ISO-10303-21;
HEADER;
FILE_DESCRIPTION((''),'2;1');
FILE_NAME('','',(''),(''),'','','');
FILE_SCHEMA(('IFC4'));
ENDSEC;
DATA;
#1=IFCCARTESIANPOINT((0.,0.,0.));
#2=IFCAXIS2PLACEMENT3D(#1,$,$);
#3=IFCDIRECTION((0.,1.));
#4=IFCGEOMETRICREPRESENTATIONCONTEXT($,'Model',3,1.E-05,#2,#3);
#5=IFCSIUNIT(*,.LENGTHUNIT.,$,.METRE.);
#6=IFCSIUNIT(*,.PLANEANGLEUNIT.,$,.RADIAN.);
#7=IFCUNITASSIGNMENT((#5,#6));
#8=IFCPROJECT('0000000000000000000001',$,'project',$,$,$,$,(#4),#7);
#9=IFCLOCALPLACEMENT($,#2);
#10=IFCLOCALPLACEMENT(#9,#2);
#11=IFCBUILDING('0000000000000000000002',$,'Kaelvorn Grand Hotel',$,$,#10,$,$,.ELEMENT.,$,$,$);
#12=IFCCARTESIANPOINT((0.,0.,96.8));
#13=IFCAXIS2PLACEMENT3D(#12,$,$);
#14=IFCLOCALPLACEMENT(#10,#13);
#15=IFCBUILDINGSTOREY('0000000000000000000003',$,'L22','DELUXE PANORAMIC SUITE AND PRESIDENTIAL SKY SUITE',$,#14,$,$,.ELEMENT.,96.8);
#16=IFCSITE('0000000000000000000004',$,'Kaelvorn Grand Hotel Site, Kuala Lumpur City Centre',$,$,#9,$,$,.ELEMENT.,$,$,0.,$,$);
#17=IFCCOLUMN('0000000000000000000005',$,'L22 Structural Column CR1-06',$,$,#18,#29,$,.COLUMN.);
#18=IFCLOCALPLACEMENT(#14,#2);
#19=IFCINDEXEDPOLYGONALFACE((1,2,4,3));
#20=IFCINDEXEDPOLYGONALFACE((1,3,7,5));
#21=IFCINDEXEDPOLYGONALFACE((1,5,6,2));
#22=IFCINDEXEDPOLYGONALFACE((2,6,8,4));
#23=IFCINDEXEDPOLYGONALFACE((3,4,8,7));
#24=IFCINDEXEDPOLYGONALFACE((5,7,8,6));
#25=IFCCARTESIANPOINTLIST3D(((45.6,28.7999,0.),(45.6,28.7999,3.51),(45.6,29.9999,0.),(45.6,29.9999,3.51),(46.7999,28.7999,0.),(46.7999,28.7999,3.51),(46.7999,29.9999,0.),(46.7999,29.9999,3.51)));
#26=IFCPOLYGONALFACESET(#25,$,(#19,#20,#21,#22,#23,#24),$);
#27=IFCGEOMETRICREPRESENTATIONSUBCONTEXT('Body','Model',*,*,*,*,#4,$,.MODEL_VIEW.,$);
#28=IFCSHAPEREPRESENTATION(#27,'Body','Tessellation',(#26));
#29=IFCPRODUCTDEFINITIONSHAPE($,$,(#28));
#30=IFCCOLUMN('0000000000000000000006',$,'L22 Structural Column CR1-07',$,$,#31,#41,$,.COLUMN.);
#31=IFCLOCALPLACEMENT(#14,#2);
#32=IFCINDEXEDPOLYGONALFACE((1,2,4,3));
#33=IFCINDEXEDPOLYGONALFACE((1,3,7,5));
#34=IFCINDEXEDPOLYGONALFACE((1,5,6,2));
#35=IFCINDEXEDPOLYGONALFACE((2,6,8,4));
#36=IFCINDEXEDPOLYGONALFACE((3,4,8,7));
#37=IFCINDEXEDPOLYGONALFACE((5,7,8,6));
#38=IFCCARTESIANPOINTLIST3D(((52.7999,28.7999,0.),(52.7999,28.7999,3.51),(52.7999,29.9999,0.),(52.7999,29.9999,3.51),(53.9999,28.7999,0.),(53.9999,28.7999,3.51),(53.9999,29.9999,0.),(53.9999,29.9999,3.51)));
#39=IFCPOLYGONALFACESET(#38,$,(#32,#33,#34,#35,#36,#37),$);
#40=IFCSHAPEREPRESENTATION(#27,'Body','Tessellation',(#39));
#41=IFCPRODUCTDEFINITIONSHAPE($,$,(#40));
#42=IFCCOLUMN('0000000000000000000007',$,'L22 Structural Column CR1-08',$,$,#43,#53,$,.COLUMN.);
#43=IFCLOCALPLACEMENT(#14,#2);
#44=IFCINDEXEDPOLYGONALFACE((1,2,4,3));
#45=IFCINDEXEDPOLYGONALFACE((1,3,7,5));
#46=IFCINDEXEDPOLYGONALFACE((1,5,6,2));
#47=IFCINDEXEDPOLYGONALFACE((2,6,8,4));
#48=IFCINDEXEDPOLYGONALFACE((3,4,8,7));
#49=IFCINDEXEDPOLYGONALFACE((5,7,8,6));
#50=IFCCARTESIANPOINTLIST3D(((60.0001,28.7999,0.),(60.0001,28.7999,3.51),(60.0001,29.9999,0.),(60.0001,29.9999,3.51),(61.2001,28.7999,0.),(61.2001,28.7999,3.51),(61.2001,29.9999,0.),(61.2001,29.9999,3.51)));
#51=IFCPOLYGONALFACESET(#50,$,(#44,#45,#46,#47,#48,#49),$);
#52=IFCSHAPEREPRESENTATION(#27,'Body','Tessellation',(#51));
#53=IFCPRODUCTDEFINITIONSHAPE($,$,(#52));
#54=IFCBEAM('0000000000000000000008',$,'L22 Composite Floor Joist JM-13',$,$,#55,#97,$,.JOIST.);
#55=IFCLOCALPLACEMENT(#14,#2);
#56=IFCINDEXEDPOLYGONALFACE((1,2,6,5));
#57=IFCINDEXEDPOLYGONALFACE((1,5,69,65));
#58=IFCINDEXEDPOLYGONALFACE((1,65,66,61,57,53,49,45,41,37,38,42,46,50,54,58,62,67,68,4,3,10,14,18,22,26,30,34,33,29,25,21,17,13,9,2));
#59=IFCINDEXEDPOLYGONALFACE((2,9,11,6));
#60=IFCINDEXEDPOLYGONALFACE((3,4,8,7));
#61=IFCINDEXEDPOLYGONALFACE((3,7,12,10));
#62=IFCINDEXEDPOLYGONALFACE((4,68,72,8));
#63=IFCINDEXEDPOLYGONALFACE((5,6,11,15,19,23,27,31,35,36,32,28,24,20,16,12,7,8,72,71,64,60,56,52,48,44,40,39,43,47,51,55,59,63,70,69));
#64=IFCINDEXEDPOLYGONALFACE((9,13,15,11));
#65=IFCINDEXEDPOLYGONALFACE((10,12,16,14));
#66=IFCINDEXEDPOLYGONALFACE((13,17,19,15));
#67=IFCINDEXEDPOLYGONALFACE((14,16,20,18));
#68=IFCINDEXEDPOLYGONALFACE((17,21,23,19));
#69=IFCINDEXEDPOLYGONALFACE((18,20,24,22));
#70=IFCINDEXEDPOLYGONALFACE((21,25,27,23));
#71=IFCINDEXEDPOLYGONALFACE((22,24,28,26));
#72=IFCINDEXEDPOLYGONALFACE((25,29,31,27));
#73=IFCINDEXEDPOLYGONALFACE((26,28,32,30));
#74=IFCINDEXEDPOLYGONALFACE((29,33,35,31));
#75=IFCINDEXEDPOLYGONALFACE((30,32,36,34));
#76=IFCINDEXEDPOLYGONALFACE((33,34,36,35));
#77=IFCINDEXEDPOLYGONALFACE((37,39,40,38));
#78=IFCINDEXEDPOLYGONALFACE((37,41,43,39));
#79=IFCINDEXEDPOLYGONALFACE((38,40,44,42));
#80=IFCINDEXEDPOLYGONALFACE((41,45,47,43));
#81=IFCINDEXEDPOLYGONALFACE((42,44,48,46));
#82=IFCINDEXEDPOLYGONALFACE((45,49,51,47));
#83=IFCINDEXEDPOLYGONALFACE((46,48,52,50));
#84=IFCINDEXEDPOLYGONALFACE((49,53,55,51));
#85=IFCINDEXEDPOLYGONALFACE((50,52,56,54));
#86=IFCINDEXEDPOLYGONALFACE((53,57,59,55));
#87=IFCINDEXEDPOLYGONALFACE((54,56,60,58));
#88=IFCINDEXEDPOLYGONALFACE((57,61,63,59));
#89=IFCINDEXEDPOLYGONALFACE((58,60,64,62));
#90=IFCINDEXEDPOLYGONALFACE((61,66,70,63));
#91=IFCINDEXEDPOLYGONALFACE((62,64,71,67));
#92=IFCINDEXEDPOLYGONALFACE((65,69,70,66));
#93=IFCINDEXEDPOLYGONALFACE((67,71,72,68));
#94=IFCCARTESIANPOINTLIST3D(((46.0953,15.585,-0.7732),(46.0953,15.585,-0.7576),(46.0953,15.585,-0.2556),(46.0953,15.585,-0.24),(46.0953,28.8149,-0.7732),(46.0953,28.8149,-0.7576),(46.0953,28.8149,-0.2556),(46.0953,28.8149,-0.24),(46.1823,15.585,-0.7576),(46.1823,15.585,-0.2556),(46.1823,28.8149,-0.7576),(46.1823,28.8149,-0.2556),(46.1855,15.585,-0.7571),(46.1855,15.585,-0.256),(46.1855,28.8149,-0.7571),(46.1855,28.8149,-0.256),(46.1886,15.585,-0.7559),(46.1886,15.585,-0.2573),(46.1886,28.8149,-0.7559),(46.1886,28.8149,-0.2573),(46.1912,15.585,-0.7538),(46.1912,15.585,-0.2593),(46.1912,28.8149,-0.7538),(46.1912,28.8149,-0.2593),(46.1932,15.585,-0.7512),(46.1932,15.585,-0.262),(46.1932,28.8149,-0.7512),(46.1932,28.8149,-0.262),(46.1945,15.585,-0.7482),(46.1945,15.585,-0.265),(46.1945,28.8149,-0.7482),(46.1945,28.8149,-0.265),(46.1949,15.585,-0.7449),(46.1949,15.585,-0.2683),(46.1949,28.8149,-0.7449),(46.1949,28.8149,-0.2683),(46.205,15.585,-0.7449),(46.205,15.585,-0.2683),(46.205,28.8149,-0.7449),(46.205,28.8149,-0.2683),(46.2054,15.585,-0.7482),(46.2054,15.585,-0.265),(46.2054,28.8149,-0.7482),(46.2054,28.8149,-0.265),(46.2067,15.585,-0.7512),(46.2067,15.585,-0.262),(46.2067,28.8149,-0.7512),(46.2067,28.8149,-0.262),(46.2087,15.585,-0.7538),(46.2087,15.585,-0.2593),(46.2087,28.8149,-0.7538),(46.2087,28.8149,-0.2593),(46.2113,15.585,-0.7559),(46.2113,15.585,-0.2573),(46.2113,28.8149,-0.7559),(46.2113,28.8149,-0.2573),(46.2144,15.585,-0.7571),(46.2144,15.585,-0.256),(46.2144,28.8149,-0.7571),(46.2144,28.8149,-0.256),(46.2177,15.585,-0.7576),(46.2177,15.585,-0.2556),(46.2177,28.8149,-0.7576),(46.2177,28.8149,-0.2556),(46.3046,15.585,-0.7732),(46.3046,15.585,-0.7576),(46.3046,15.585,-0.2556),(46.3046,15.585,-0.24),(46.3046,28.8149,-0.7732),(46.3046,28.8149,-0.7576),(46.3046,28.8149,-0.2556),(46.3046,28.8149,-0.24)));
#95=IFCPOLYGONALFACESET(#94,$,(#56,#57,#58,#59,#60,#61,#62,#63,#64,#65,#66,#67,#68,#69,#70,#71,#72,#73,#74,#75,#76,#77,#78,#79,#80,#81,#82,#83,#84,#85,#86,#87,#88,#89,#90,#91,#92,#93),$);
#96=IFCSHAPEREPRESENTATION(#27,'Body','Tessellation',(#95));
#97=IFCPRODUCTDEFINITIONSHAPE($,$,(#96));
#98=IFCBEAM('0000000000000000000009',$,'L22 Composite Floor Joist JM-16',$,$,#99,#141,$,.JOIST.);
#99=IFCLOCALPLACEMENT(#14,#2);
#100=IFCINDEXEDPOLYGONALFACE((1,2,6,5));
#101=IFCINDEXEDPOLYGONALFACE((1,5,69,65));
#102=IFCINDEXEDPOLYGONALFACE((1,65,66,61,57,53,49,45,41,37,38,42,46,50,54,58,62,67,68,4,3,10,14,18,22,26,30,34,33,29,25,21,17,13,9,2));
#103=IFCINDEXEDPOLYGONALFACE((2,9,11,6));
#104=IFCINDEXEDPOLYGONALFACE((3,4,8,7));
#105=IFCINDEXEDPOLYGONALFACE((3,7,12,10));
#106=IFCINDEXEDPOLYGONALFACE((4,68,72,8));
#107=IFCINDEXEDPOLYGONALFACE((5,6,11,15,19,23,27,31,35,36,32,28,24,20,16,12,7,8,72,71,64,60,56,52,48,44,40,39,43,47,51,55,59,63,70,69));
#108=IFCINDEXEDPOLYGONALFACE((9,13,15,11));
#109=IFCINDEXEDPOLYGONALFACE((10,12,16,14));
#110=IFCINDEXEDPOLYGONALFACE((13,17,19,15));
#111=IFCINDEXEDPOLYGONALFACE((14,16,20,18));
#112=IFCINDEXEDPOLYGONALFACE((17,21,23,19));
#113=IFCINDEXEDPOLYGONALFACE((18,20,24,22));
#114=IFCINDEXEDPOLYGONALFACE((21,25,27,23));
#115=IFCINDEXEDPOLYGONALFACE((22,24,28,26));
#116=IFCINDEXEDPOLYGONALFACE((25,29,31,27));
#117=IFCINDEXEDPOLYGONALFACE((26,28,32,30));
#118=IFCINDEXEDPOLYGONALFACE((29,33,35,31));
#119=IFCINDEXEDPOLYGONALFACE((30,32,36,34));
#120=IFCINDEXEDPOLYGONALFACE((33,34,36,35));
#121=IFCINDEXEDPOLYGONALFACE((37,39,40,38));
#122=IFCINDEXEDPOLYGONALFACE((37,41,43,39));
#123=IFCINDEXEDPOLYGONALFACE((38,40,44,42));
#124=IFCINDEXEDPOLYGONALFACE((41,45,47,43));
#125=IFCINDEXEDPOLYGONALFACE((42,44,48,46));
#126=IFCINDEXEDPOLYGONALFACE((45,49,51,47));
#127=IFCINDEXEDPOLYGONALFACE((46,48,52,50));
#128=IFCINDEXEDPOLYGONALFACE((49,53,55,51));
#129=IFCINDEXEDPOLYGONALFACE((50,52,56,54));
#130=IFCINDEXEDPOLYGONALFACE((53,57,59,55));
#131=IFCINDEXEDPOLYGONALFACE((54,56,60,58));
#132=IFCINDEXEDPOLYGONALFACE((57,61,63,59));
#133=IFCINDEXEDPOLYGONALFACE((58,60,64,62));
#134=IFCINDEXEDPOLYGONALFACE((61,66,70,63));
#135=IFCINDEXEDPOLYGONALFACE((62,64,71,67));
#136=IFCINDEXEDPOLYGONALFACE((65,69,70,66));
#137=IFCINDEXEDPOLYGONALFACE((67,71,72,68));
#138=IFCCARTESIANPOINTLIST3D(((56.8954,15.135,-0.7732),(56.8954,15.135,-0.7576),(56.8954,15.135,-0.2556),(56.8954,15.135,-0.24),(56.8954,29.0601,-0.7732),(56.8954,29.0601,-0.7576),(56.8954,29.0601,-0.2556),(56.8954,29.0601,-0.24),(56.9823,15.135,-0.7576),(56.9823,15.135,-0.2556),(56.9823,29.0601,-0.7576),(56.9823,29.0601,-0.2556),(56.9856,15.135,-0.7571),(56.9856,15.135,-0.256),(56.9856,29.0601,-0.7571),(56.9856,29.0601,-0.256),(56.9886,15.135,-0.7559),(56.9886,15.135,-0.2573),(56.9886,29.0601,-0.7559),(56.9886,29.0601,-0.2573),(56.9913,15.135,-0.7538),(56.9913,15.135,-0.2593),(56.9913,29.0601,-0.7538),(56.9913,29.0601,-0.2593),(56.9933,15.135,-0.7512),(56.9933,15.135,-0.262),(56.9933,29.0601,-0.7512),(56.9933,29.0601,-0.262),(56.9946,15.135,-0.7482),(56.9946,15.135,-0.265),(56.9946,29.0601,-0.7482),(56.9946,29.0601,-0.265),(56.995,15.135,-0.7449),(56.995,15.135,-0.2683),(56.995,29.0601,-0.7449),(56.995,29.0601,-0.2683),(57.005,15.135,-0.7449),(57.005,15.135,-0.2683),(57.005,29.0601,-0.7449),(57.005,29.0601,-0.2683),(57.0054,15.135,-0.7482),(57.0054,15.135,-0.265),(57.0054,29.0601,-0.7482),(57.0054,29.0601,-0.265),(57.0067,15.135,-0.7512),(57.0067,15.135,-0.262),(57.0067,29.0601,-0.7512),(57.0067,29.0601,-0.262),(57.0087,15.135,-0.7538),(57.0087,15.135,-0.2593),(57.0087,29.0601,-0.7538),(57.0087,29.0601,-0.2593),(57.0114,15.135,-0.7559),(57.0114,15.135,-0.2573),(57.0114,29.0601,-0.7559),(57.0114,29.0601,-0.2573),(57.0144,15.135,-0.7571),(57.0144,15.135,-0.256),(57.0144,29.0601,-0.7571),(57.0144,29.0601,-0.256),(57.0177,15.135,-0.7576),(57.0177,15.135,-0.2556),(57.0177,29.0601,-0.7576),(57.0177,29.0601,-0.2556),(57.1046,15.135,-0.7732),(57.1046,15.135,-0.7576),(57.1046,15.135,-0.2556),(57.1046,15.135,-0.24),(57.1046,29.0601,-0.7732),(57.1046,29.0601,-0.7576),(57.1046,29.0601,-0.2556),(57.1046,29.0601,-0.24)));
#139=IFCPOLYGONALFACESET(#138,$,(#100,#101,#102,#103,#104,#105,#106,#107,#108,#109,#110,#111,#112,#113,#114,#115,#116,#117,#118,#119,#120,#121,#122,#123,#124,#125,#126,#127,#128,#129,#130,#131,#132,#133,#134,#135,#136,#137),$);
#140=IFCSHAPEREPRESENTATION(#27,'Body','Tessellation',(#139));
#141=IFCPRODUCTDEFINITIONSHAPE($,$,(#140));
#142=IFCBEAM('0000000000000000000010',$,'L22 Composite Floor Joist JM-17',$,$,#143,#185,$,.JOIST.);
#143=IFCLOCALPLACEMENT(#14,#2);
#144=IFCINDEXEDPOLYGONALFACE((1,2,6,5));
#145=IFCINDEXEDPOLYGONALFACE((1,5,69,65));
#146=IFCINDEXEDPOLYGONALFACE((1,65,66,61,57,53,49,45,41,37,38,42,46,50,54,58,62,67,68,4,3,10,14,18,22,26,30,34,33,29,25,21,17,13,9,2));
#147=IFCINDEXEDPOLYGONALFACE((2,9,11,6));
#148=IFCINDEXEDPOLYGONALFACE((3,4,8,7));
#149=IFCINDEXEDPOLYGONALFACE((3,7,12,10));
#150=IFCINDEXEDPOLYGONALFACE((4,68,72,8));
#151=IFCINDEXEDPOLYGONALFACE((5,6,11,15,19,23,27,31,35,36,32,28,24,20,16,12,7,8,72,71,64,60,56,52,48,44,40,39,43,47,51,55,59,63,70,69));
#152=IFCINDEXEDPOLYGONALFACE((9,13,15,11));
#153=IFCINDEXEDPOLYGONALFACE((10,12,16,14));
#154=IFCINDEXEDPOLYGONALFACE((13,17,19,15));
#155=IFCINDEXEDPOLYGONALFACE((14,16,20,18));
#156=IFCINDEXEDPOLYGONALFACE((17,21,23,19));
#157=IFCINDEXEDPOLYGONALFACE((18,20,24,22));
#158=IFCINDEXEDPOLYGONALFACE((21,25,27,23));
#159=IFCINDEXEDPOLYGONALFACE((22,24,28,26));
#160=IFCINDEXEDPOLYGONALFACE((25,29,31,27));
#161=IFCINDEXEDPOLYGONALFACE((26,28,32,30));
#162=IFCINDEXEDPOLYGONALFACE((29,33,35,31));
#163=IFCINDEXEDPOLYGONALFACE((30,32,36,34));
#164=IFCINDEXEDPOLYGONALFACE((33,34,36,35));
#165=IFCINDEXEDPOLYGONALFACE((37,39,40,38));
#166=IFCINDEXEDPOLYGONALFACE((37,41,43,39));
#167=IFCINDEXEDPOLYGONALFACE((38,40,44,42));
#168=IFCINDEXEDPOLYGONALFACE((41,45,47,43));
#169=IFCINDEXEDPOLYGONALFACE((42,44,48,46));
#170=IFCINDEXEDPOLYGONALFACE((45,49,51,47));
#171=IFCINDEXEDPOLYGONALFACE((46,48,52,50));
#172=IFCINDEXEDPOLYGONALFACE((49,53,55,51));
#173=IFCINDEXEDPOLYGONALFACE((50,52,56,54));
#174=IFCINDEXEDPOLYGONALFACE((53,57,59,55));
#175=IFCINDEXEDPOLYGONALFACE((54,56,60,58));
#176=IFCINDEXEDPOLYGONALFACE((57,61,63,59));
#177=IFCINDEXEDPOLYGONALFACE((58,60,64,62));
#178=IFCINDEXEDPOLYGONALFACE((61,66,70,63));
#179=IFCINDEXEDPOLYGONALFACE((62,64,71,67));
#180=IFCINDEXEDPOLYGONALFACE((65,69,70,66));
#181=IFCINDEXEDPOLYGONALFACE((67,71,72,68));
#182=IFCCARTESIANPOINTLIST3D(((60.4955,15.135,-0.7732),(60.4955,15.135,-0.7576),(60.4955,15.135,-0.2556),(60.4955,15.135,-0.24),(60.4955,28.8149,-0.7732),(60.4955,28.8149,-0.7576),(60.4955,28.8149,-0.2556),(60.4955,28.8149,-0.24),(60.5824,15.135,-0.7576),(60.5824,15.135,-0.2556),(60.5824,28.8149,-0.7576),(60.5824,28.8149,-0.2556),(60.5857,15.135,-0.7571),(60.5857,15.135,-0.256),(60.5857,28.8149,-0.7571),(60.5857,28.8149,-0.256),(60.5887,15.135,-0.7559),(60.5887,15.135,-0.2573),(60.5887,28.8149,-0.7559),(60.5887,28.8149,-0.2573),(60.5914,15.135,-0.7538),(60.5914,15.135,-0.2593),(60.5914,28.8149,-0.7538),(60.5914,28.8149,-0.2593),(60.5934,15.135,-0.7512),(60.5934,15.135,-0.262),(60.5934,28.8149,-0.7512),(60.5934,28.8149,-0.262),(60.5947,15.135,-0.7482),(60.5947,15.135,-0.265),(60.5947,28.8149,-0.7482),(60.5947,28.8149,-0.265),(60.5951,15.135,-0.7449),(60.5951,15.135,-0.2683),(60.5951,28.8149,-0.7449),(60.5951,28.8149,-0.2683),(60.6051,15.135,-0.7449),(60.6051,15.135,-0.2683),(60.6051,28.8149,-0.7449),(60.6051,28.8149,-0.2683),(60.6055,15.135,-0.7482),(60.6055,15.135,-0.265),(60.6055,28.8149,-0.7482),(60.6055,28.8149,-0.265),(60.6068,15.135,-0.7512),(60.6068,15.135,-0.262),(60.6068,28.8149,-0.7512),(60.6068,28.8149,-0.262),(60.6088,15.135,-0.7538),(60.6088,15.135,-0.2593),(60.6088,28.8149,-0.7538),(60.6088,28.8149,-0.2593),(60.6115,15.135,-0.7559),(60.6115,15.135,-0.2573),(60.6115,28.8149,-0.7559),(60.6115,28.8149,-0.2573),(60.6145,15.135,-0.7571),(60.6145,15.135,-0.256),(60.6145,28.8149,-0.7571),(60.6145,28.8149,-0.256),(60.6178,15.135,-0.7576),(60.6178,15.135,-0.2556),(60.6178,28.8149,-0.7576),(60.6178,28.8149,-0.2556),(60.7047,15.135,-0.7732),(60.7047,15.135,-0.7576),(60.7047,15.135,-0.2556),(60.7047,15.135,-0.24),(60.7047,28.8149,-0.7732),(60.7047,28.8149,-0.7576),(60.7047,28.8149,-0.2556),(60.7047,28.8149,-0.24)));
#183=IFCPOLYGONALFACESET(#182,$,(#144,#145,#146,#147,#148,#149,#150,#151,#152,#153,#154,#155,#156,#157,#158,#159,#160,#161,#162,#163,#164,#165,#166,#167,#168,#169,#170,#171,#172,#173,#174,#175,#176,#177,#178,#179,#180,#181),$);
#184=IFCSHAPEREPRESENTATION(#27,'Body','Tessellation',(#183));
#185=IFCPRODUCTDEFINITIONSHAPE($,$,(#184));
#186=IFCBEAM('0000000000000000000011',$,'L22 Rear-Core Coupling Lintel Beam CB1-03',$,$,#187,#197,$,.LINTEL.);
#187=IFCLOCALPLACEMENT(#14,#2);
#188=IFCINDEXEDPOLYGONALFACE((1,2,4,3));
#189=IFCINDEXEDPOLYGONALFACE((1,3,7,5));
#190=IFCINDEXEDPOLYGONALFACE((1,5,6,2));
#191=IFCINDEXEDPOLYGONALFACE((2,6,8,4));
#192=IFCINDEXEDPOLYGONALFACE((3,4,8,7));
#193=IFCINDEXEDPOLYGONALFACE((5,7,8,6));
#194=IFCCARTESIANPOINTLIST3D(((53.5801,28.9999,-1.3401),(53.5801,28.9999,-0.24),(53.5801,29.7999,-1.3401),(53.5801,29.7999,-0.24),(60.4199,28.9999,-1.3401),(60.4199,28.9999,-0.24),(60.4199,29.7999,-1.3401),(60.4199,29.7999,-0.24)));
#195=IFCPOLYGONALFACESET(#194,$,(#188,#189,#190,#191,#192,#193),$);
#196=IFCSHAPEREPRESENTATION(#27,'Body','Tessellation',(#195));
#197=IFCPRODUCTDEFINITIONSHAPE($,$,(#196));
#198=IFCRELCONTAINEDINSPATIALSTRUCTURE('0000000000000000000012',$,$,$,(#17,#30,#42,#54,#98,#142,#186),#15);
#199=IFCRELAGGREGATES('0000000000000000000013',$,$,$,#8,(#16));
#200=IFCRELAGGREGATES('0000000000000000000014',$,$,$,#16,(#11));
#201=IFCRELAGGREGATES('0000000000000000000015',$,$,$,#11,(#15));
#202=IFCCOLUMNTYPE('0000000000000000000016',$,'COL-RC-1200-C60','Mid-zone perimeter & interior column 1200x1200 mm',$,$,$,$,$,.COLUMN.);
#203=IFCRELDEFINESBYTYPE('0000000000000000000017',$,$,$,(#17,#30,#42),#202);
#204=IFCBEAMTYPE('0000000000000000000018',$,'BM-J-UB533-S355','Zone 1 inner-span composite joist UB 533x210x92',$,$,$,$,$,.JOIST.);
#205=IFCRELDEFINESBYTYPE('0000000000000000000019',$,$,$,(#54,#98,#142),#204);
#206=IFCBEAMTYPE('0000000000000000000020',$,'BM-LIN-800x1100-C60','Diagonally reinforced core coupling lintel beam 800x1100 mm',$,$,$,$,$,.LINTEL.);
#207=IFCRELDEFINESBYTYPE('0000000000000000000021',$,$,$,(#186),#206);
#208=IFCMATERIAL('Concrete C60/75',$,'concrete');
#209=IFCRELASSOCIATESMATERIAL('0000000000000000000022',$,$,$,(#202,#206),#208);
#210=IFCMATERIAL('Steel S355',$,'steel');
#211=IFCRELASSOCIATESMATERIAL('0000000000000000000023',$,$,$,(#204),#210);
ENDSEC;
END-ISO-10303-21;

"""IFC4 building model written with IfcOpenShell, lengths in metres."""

from ifc_helpers import new_model, si_unit, direction, frame, origin, origin_2d, place, context, subcontext, project, spatial, rectangle, i_section, extrude, material, material_profile, profile_set, type_object, element, save


model = new_model("IFC4")

# Units and contexts
model_context = context("Model", 3, precision=1e-05, world=origin(), true_north=direction((0.0, 1.0)))
body_context = subcontext(model_context, "Body", "Model", "MODEL_VIEW")
ifc_project = project(units=[si_unit("LENGTHUNIT", "METRE"), si_unit("PLANEANGLEUNIT", "RADIAN")], contexts=[model_context])

# Site, building, storey
site_placement = place(None, origin())
site = spatial("IfcSite", under=ifc_project, at=site_placement, Name="Kaelvorn Grand Hotel Site, Kuala Lumpur City Centre", CompositionType="ELEMENT", RefElevation=0.0)
building_placement = place(site_placement, origin())
building = spatial("IfcBuilding", under=site, at=building_placement, Name="Kaelvorn Grand Hotel", CompositionType="ELEMENT")
storey_placement = place(building_placement, frame((0.0, 0.0, 96.8)))
storey = spatial("IfcBuildingStorey", under=building, at=storey_placement, Name="L22", Description="DELUXE PANORAMIC SUITE AND PRESIDENTIAL SKY SUITE", CompositionType="ELEMENT", Elevation=96.8)

# Columns
ifc_material_1 = material(Name="Concrete C60/75", Category="concrete")
ifc_material_profile_1 = material_profile(ifc_material_1, rectangle(XDim=1.2, YDim=1.2, at=origin_2d()), Name="RC COL 1200x1200")
ifc_profile_set_1 = profile_set([ifc_material_profile_1], Name="Concrete C60/75")
column_type = type_object("IfcColumnType", Name="COL-RC-1200-C60", Description="Mid-zone perimeter & interior column 1200x1200 mm", PredefinedType="COLUMN", material=ifc_profile_set_1)
for number, where, z_axis, x_axis, name in (
    (1, (46.2, 29.3999, 0.0), (0.0, 0.0, 1.0), (1.0, 0.0, 0.0), "L22 Structural Column CR1-06"),
    (2, (53.3999, 29.3999, 0.0), (0.0, 0.0, 1.0), (1.0, 0.0, 0.0), "L22 Structural Column CR1-07"),
    (3, (60.6001, 29.3999, 0.0), (0.0, 0.0, 1.0), (1.0, 0.0, 0.0), "L22 Structural Column CR1-08"),
):
    element("IfcColumn", number, at=place(storey_placement, frame(where, z_axis=z_axis, x_axis=x_axis)), inside=storey, type_object=column_type, Name=name, PredefinedType="COLUMN", context=body_context, shape_type="SweptSolid", body=[
        extrude(rectangle(XDim=1.2, YDim=1.2, at=origin_2d()), origin(), (0.0, 0.0, 1.0), 3.51),
    ])

# Beams
ifc_material_2 = material(Name="Steel S355", Category="steel")
ifc_material_profile_2 = material_profile(ifc_material_2, i_section(OverallWidth=0.2092, OverallDepth=0.5332, WebThickness=0.01, FlangeThickness=0.0156, FilletRadius=0.0127, at=origin_2d()), Name="UB 533x210x92")
ifc_profile_set_2 = profile_set([ifc_material_profile_2], Name="Steel S355")
beam_type_1 = type_object("IfcBeamType", Name="BM-J-UB533-S355", Description="Zone 1 inner-span composite joist UB 533x210x92", PredefinedType="JOIST", material=ifc_profile_set_2)
beam_1_placement = place(storey_placement, frame((46.2, 15.585, -0.5066), z_axis=(0.0, 1.0, 0.0), x_axis=(-1.0, 0.0, 0.0)))
element("IfcBeam", 4, at=beam_1_placement, inside=storey, type_object=beam_type_1, Name="L22 Composite Floor Joist JM-13", PredefinedType="JOIST", context=body_context, shape_type="SweptSolid", body=[
    extrude(i_section(OverallWidth=0.2092, OverallDepth=0.5332, WebThickness=0.01, FlangeThickness=0.0156, FilletRadius=0.0127, at=origin_2d()), origin(), (0.0, 0.0, 1.0), 13.23),
])
beam_2_placement = place(storey_placement, frame((57.0, 15.135, -0.5066), z_axis=(0.0, 1.0, 0.0), x_axis=(-1.0, 0.0, 0.0)))
element("IfcBeam", 5, at=beam_2_placement, inside=storey, type_object=beam_type_1, Name="L22 Composite Floor Joist JM-16", PredefinedType="JOIST", context=body_context, shape_type="SweptSolid", body=[
    extrude(i_section(OverallWidth=0.2092, OverallDepth=0.5332, WebThickness=0.01, FlangeThickness=0.0156, FilletRadius=0.0127, at=origin_2d()), origin(), (0.0, 0.0, 1.0), 13.925),
])
beam_3_placement = place(storey_placement, frame((60.6001, 15.135, -0.5066), z_axis=(0.0, 1.0, 0.0), x_axis=(-1.0, 0.0, 0.0)))
element("IfcBeam", 6, at=beam_3_placement, inside=storey, type_object=beam_type_1, Name="L22 Composite Floor Joist JM-17", PredefinedType="JOIST", context=body_context, shape_type="SweptSolid", body=[
    extrude(i_section(OverallWidth=0.2092, OverallDepth=0.5332, WebThickness=0.01, FlangeThickness=0.0156, FilletRadius=0.0127, at=origin_2d()), origin(), (0.0, 0.0, 1.0), 13.6799),
])
ifc_material_profile_3 = material_profile(ifc_material_1, rectangle(XDim=0.8, YDim=1.1001, at=origin_2d()), Name="RC LINTEL 800x1100")
ifc_profile_set_3 = profile_set([ifc_material_profile_3], Name="Concrete C60/75")
beam_type_2 = type_object("IfcBeamType", Name="BM-LIN-800x1100-C60", Description="Diagonally reinforced core coupling lintel beam 800x1100 mm", PredefinedType="LINTEL", material=ifc_profile_set_3)
beam_4_placement = place(storey_placement, frame((53.5801, 29.3999, -0.79), z_axis=(1.0, 0.0, 0.0), x_axis=(0.0, 1.0, 0.0)))
element("IfcBeam", 7, at=beam_4_placement, inside=storey, type_object=beam_type_2, Name="L22 Rear-Core Coupling Lintel Beam CB1-03", PredefinedType="LINTEL", context=body_context, shape_type="SweptSolid", body=[
    extrude(rectangle(XDim=0.8, YDim=1.1001, at=origin_2d()), origin(), (0.0, 0.0, 1.0), 6.8398),
])

save(model, "model.ifc")
